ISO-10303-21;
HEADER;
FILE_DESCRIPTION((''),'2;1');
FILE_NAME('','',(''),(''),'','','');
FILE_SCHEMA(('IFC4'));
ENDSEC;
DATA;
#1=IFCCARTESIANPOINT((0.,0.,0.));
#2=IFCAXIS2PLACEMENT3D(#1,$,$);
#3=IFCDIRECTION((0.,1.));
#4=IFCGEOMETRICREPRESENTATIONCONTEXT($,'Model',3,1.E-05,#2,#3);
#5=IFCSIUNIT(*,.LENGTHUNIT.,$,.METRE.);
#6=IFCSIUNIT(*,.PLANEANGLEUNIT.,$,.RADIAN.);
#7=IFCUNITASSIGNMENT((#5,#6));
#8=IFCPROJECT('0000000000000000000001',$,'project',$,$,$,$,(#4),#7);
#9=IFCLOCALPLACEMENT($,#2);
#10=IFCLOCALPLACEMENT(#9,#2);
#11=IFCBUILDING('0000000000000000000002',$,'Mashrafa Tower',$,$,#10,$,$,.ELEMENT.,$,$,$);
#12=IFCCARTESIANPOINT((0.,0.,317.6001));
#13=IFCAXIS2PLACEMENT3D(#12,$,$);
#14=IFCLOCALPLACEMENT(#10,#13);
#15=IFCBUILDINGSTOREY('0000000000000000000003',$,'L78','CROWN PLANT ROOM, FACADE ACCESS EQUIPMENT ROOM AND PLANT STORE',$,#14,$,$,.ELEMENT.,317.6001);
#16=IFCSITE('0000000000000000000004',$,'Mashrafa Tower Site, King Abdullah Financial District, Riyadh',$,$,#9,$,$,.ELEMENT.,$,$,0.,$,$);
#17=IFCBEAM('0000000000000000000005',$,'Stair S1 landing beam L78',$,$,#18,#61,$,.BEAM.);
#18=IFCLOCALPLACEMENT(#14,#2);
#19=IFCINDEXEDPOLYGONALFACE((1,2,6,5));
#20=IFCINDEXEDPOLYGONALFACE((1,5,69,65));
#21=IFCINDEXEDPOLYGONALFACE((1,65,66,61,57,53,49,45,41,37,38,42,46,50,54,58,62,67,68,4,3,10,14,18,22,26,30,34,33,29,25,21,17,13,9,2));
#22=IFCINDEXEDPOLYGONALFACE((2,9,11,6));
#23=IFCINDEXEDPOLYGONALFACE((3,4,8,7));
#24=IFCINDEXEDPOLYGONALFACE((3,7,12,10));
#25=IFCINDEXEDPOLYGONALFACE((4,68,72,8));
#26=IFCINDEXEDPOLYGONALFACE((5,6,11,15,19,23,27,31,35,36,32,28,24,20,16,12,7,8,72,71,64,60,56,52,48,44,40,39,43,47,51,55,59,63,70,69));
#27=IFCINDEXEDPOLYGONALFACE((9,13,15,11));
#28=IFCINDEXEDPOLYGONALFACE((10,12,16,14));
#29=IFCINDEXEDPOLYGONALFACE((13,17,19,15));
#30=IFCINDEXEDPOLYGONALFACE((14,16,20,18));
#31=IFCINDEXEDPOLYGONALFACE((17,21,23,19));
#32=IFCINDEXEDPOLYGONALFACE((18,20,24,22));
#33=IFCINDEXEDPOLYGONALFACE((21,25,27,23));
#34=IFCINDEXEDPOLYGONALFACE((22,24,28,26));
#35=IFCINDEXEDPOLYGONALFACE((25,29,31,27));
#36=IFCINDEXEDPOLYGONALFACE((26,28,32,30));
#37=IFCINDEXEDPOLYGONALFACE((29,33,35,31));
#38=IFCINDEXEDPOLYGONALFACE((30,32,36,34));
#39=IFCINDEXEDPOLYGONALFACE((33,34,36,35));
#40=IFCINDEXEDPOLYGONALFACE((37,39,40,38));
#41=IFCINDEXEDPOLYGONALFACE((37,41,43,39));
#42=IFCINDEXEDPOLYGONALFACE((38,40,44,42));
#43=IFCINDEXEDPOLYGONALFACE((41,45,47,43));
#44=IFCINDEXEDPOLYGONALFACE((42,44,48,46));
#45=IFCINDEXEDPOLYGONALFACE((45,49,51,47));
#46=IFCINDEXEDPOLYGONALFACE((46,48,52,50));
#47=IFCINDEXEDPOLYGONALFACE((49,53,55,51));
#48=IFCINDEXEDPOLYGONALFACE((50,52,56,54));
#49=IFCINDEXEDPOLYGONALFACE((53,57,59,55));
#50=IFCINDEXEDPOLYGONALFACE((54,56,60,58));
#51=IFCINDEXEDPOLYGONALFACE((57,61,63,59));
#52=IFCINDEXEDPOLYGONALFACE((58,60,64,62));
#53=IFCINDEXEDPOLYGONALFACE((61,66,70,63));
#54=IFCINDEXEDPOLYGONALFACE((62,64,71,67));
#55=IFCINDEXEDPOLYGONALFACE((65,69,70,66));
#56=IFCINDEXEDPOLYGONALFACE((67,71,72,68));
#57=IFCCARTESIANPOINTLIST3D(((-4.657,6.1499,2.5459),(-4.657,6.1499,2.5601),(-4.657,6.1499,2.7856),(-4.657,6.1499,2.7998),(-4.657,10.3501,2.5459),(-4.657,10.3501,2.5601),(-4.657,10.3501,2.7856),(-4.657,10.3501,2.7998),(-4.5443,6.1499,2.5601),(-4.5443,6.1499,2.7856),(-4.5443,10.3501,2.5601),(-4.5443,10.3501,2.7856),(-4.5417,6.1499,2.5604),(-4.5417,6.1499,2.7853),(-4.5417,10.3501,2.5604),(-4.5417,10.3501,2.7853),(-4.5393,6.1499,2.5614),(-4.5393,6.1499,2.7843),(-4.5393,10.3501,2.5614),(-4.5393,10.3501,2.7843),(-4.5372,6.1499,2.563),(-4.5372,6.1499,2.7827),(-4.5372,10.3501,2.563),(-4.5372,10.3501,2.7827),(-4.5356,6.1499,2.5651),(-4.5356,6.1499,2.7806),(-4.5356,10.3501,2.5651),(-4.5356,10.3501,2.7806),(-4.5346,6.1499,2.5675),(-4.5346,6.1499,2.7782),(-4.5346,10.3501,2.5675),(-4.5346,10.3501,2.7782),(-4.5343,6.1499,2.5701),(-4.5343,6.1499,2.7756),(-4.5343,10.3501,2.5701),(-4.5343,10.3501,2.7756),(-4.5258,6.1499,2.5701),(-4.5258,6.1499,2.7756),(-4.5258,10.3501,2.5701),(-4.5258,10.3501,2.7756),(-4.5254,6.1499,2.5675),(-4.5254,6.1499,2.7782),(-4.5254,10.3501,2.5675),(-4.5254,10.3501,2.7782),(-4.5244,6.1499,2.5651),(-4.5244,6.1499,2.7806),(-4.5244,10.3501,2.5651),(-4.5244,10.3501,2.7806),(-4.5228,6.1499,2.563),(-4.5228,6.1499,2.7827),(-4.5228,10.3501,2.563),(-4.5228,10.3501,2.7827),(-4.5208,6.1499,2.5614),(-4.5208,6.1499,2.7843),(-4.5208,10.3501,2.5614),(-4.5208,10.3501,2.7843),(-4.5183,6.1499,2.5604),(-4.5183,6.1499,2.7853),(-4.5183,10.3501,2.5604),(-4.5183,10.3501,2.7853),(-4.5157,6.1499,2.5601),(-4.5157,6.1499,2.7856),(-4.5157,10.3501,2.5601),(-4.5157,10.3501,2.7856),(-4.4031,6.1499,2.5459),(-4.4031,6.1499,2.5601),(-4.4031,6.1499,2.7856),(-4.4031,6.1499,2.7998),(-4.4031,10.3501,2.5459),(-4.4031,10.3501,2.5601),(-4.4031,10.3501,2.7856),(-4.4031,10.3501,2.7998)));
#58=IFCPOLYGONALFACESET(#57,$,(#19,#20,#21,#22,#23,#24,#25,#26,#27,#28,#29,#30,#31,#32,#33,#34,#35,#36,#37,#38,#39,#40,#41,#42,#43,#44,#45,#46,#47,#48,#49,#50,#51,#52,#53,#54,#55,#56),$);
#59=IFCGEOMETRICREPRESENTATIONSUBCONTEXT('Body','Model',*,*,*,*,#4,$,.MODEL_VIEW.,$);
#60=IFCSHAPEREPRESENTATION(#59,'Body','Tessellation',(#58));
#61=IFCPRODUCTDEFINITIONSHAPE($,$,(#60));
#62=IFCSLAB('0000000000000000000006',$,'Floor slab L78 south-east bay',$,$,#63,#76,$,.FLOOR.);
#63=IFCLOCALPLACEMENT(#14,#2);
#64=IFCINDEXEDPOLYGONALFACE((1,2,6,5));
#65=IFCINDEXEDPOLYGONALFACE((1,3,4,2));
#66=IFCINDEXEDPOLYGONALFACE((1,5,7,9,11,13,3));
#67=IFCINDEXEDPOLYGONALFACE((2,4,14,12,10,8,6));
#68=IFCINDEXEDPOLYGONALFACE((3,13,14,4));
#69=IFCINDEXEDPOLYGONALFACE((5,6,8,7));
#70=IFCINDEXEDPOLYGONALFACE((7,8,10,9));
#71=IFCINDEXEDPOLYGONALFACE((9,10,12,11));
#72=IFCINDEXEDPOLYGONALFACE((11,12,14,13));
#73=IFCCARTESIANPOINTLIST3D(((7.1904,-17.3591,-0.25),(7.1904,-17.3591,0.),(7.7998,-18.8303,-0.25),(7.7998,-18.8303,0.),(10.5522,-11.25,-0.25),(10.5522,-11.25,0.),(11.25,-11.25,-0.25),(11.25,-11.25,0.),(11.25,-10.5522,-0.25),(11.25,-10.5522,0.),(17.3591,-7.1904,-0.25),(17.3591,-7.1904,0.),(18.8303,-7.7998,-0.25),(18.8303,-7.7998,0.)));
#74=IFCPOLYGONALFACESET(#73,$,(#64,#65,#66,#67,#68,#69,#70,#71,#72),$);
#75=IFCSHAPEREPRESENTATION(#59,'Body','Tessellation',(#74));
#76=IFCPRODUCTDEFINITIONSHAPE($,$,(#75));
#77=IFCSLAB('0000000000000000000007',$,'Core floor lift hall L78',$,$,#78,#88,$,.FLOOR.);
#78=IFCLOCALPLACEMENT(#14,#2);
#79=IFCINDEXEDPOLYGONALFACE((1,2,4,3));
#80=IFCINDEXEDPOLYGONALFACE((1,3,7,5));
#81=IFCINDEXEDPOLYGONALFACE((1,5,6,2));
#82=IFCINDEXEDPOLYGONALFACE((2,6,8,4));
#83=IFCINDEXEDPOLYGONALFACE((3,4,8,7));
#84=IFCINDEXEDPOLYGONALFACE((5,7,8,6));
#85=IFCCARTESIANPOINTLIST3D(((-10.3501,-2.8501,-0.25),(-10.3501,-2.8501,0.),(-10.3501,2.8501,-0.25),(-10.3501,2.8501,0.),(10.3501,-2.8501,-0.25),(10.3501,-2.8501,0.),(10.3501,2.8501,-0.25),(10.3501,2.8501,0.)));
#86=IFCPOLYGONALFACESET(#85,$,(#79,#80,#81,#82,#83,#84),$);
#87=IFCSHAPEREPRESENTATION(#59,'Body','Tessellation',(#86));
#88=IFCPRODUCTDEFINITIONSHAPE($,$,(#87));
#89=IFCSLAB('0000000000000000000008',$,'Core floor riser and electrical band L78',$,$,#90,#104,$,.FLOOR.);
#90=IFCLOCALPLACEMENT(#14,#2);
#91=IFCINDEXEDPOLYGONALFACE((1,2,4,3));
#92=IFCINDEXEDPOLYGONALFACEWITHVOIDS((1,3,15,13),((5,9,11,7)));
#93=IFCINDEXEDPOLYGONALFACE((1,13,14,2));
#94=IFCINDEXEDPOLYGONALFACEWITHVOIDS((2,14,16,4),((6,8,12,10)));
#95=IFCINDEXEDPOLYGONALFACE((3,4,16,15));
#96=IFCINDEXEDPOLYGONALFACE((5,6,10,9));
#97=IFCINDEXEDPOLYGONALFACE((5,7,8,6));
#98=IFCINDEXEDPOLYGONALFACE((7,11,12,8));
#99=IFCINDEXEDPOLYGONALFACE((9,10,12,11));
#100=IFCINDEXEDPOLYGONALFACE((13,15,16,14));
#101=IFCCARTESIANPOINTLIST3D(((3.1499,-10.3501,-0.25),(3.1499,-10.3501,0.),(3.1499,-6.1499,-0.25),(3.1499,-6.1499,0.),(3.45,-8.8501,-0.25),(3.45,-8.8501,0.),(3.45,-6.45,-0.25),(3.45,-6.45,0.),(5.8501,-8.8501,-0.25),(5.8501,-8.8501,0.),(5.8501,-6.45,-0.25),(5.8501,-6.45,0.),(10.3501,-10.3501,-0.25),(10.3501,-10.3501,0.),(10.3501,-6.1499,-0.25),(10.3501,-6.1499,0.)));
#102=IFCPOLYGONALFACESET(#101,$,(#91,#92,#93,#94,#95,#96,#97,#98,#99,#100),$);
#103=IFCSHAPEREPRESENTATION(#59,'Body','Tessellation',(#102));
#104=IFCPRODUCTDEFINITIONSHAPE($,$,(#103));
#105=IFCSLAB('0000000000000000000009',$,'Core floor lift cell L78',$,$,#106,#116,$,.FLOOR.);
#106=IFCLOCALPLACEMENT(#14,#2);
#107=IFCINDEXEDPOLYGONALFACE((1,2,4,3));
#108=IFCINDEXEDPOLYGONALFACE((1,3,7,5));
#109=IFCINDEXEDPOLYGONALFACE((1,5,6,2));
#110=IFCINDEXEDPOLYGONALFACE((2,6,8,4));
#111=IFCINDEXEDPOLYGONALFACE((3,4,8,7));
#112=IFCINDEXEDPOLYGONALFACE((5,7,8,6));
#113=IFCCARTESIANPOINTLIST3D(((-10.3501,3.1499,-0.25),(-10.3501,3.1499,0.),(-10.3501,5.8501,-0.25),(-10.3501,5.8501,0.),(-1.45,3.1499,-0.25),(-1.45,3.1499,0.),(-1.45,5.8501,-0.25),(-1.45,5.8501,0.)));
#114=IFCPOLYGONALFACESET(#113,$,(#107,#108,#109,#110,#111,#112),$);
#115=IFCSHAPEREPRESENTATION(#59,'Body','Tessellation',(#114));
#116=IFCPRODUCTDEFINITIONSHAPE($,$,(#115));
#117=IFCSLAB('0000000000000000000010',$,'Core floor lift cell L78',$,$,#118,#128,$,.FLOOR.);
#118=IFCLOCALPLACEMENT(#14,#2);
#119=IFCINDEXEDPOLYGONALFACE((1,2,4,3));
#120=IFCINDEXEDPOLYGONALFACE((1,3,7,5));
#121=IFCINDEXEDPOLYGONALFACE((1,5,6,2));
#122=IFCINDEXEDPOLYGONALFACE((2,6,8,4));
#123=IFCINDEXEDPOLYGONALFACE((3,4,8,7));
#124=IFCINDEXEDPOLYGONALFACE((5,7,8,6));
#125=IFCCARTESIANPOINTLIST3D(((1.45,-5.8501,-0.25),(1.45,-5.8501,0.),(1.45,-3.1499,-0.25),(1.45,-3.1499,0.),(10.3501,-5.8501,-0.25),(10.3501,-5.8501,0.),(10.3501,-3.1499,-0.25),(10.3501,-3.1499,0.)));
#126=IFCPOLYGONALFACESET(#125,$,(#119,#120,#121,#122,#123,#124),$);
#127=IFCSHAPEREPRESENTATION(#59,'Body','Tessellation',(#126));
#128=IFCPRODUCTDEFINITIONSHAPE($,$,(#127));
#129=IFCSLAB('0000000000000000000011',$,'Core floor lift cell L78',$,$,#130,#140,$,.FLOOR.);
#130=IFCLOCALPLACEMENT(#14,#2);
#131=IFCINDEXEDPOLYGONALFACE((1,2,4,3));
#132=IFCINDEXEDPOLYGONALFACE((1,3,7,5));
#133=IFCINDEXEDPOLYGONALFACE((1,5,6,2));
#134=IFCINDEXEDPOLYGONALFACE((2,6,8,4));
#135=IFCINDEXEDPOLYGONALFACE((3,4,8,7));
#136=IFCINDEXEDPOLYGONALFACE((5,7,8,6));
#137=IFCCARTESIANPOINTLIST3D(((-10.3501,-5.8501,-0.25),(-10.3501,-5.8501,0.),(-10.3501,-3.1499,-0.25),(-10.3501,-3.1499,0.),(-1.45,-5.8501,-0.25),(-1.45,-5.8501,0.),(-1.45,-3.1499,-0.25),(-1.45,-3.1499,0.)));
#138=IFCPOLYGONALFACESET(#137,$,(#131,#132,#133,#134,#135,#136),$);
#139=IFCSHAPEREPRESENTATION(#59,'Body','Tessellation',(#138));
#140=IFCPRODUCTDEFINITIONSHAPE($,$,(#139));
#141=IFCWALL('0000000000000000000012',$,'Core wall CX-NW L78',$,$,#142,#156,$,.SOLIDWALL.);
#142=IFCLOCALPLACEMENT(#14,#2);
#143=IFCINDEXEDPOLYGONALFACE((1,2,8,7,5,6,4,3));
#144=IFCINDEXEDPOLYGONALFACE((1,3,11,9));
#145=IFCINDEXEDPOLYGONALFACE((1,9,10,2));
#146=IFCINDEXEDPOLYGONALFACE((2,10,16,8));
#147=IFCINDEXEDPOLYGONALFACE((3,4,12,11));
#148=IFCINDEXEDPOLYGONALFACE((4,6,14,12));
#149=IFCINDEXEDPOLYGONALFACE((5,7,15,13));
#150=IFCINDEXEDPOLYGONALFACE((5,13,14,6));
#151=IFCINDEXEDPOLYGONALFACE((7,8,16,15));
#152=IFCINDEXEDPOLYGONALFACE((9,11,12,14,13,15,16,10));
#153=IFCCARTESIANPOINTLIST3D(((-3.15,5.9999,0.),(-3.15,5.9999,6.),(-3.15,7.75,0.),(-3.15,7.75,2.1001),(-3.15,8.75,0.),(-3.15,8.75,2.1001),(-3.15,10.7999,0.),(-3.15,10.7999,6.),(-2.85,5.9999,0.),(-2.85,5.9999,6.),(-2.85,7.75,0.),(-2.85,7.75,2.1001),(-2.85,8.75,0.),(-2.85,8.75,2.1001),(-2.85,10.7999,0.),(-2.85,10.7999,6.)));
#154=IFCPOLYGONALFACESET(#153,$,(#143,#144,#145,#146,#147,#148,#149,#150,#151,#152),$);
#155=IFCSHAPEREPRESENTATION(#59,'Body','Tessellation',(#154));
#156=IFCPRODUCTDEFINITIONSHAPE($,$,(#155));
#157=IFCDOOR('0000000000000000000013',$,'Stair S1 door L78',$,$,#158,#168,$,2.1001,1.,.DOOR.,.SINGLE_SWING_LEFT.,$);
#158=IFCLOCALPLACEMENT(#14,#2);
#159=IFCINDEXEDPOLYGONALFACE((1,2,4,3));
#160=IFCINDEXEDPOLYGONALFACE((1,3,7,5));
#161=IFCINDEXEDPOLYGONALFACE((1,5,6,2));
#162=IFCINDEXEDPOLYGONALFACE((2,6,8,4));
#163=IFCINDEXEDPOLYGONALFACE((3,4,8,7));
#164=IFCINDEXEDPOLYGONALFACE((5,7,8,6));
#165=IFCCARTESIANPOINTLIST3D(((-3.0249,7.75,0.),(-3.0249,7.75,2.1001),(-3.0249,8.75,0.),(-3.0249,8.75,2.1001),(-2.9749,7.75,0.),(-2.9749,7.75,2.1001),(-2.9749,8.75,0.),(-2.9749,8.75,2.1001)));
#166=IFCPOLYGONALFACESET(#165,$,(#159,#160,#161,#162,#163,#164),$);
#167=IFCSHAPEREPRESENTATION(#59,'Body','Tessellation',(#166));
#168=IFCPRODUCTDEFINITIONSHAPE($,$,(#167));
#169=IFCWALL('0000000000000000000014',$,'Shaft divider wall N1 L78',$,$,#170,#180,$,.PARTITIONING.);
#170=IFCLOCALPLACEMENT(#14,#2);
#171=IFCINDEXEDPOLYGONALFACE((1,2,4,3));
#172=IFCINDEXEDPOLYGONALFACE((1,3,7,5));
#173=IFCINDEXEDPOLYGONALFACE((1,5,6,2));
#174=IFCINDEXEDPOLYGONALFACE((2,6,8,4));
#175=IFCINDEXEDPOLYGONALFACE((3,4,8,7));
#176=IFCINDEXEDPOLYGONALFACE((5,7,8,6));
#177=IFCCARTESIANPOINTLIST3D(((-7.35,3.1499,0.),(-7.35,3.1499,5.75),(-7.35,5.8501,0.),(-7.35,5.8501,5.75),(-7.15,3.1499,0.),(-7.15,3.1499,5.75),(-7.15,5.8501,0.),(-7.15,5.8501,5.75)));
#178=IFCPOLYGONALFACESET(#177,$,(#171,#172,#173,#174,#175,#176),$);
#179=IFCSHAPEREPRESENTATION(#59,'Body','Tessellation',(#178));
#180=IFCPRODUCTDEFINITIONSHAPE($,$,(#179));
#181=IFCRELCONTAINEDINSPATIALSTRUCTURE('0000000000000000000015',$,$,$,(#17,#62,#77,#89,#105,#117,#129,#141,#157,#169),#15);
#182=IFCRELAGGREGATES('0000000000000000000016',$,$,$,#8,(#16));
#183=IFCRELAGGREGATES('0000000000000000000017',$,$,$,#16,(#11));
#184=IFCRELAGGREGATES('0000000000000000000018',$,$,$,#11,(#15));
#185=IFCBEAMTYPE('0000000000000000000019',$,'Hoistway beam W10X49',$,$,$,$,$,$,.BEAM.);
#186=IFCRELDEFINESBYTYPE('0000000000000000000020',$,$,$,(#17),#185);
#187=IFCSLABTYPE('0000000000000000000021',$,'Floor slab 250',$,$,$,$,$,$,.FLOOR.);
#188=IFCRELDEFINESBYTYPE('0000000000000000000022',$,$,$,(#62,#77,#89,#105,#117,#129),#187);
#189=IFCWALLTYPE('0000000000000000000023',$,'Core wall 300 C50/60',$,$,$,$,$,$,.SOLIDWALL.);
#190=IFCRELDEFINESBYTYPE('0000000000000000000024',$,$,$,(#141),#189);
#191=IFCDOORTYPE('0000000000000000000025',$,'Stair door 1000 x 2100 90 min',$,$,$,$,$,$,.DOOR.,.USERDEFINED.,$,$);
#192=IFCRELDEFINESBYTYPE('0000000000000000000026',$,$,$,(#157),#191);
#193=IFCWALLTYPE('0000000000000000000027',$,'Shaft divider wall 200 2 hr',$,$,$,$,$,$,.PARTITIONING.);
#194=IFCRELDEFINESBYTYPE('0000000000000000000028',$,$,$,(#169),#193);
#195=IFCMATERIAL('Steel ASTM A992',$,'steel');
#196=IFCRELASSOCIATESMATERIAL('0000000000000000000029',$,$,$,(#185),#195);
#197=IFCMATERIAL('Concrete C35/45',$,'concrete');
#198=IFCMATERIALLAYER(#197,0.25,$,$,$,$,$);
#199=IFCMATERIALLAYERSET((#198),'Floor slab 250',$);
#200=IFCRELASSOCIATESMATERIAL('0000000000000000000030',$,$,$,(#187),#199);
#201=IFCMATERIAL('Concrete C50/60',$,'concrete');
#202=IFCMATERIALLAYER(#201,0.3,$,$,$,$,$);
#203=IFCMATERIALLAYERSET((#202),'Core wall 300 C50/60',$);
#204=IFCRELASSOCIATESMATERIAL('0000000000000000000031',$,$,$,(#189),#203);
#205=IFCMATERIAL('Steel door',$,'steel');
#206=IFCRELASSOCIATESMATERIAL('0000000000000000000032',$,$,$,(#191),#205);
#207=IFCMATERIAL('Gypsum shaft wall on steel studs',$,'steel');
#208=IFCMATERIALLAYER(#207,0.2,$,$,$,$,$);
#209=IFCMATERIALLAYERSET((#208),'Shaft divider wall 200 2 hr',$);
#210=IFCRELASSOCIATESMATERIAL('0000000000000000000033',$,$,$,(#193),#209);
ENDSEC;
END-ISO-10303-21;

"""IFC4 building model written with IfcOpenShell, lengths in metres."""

from ifc_helpers import new_model, si_unit, direction, frame, frame_2d, origin, origin_2d, place, context, subcontext, project, spatial, polyline, rectangle, i_section, outline, extrude, material, layer, layer_set, material_profile, profile_set, type_object, element, fill, save


model = new_model("IFC4")

# Units and contexts
model_context = context("Model", 3, precision=1e-05, world=origin(), true_north=direction((0.0, 1.0)))
body_context = subcontext(model_context, "Body", "Model", "MODEL_VIEW")
ifc_project = project(units=[si_unit("LENGTHUNIT", "METRE"), si_unit("PLANEANGLEUNIT", "RADIAN")], contexts=[model_context])

# Site, building, storey
site_placement = place(None, origin())
site = spatial("IfcSite", under=ifc_project, at=site_placement, Name="Mashrafa Tower Site, King Abdullah Financial District, Riyadh", CompositionType="ELEMENT", RefElevation=0.0)
building_placement = place(site_placement, origin())
building = spatial("IfcBuilding", under=site, at=building_placement, Name="Mashrafa Tower", CompositionType="ELEMENT")
storey_placement = place(building_placement, frame((0.0, 0.0, 317.6001)))
storey = spatial("IfcBuildingStorey", under=building, at=storey_placement, Name="L78", Description="CROWN PLANT ROOM, FACADE ACCESS EQUIPMENT ROOM AND PLANT STORE", CompositionType="ELEMENT", Elevation=317.6001)

# Beam
ifc_material_1 = material(Name="Steel ASTM A992", Category="steel")
ifc_material_profile_1 = material_profile(ifc_material_1, i_section(OverallWidth=0.2539, OverallDepth=0.2539, WebThickness=0.0085, FlangeThickness=0.0142, FilletRadius=0.01, at=origin_2d()), Name="W10X49")
ifc_profile_set_1 = profile_set([ifc_material_profile_1], Name="Steel ASTM A992")
beam_type_1 = type_object("IfcBeamType", Name="Hoistway beam W10X49", PredefinedType="BEAM", material=ifc_profile_set_1)
for number, where, z_axis, x_axis, name in (
    (1, (-4.53, 6.1499, 2.6729), (0.0, 1.0, 0.0), (-1.0, 0.0, 0.0), "Stair S1 landing beam L78"),
):
    element("IfcBeam", number, at=place(storey_placement, frame(where, z_axis=z_axis, x_axis=x_axis)), inside=storey, type_object=beam_type_1, Name=name, PredefinedType="BEAM", context=body_context, shape_type="SweptSolid", body=[
        extrude(i_section(OverallWidth=0.2539, OverallDepth=0.2539, WebThickness=0.0085, FlangeThickness=0.0142, FilletRadius=0.01, at=origin_2d()), origin(), (0.0, 0.0, 1.0), 4.2002),
    ])

# Slabs
ifc_material_2 = material(Name="Concrete C35/45", Category="concrete")
ifc_layer_1 = layer(ifc_material_2, 0.25)
ifc_layer_set_1 = layer_set([ifc_layer_1], Name="Floor slab 250")
slab_type = type_object("IfcSlabType", Name="Floor slab 250", PredefinedType="FLOOR", material=ifc_layer_set_1)
slab_1_placement = place(storey_placement, frame((0.0, 0.0, -0.25)))
element("IfcSlab", 2, at=slab_1_placement, inside=storey, type_object=slab_type, Name="Floor slab L78 south-east bay", PredefinedType="FLOOR", context=body_context, shape_type="SweptSolid", body=[
    extrude(outline(polyline([(7.7998, -18.8303), (7.1904, -17.3591), (10.5522, -11.25), (11.25, -11.25), (11.25, -10.5522), (17.3591, -7.1904), (18.8303, -7.7998), (7.7998, -18.8303)])), origin(), (0.0, 0.0, 1.0), 0.25),
])
slab_2_placement = place(storey_placement, frame((0.0, 0.0, -0.25)))
element("IfcSlab", 3, at=slab_2_placement, inside=storey, type_object=slab_type, Name="Core floor lift hall L78", PredefinedType="FLOOR", context=body_context, shape_type="SweptSolid", body=[
    extrude(outline(polyline([(-10.3501, 2.8501), (10.3501, 2.8501), (10.3501, -2.8501), (-10.3501, -2.8501), (-10.3501, 2.8501)])), origin(), (0.0, 0.0, 1.0), 0.25),
])
slab_3_placement = place(storey_placement, frame((0.0, 0.0, -0.25)))
element("IfcSlab", 4, at=slab_3_placement, inside=storey, type_object=slab_type, Name="Core floor riser and electrical band L78", PredefinedType="FLOOR", context=body_context, shape_type="SweptSolid", body=[
    extrude(outline(polyline([(10.3501, -6.1499), (10.3501, -10.3501), (3.1499, -10.3501), (3.1499, -6.1499), (10.3501, -6.1499)]), holes=[polyline([(3.45, -8.8501), (5.8501, -8.8501), (5.8501, -6.45), (3.45, -6.45), (3.45, -8.8501)])]), origin(), (0.0, 0.0, 1.0), 0.25),
])
slab_4_placement = place(storey_placement, frame((0.0, 0.0, -0.25)))
element("IfcSlab", 5, at=slab_4_placement, inside=storey, type_object=slab_type, Name="Core floor lift cell L78", PredefinedType="FLOOR", context=body_context, shape_type="SweptSolid", body=[
    extrude(outline(polyline([(-10.3501, 5.8501), (-1.45, 5.8501), (-1.45, 3.1499), (-10.3501, 3.1499), (-10.3501, 5.8501)])), origin(), (0.0, 0.0, 1.0), 0.25),
])
slab_5_placement = place(storey_placement, frame((0.0, 0.0, -0.25)))
element("IfcSlab", 6, at=slab_5_placement, inside=storey, type_object=slab_type, Name="Core floor lift cell L78", PredefinedType="FLOOR", context=body_context, shape_type="SweptSolid", body=[
    extrude(outline(polyline([(10.3501, -3.1499), (10.3501, -5.8501), (1.45, -5.8501), (1.45, -3.1499), (10.3501, -3.1499)])), origin(), (0.0, 0.0, 1.0), 0.25),
])
slab_6_placement = place(storey_placement, frame((0.0, 0.0, -0.25)))
element("IfcSlab", 7, at=slab_6_placement, inside=storey, type_object=slab_type, Name="Core floor lift cell L78", PredefinedType="FLOOR", context=body_context, shape_type="SweptSolid", body=[
    extrude(outline(polyline([(-1.45, -5.8501), (-10.3501, -5.8501), (-10.3501, -3.1499), (-1.45, -3.1499), (-1.45, -5.8501)])), origin(), (0.0, 0.0, 1.0), 0.25),
])

# Wall, opening, door
ifc_material_3 = material(Name="Concrete C50/60", Category="concrete")
ifc_layer_2 = layer(ifc_material_3, 0.3)
ifc_layer_set_2 = layer_set([ifc_layer_2], Name="Core wall 300 C50/60")
wall_type_1 = type_object("IfcWallType", Name="Core wall 300 C50/60", PredefinedType="SOLIDWALL", material=ifc_layer_set_2)
wall_placement = place(storey_placement, frame((-3.0, 6.0, 0.0), z_axis=(0.0, 0.0, 1.0), x_axis=(0.0, 1.0, 0.0)))
wall = element("IfcWall", 8, at=wall_placement, inside=storey, type_object=wall_type_1, Name="Core wall CX-NW L78", PredefinedType="SOLIDWALL", context=body_context, shape_type="SweptSolid", body=[
    extrude(rectangle(XDim=4.8, YDim=0.3, at=frame_2d((2.3999, 0.0))), origin(), (0.0, 0.0, 1.0), 6.0),
])
opening_placement = place(wall_placement, frame((1.75, 0.0, 0.0)))
opening = element("IfcOpeningElement", 9, at=opening_placement, cuts=wall, PredefinedType="OPENING", context=body_context, shape_type="SweptSolid", body=[
    extrude(rectangle(XDim=1.0, YDim=2.1001, at=frame_2d((0.5, 1.05))), frame((0.0, 0.1599, 0.0), z_axis=(0.0, -1.0, 0.0), x_axis=(1.0, 0.0, 0.0)), (0.0, 0.0, 1.0), 0.3201),
])
ifc_material_4 = material(Name="Steel door", Category="steel")
door_type = type_object("IfcDoorType", Name="Stair door 1000 x 2100 90 min", OperationType="USERDEFINED", PredefinedType="DOOR", material=ifc_material_4)
door_placement = place(opening_placement, origin())
door = element("IfcDoor", 10, at=door_placement, inside=storey, type_object=door_type, Name="Stair S1 door L78", OperationType="SINGLE_SWING_LEFT", OverallHeight=2.1001, OverallWidth=1.0, PredefinedType="DOOR", context=body_context, shape_type="SweptSolid", body=[
    extrude(rectangle(XDim=1.0, YDim=2.1001, at=frame_2d((0.5, 1.05))), frame((0.0, 0.0249, 0.0), z_axis=(0.0, -1.0, 0.0), x_axis=(1.0, 0.0, 0.0)), (0.0, 0.0, 1.0), 0.05),
])
fill(opening, door)

# Wall
ifc_material_5 = material(Name="Gypsum shaft wall on steel studs", Category="steel")
ifc_layer_3 = layer(ifc_material_5, 0.2)
ifc_layer_set_3 = layer_set([ifc_layer_3], Name="Shaft divider wall 200 2 hr")
wall_type_2 = type_object("IfcWallType", Name="Shaft divider wall 200 2 hr", PredefinedType="PARTITIONING", material=ifc_layer_set_3)
for number, where, z_axis, x_axis, name in (
    (11, (-7.25, 3.1499, 0.0), (0.0, 0.0, 1.0), (0.0, 1.0, 0.0), "Shaft divider wall N1 L78"),
):
    element("IfcWall", number, at=place(storey_placement, frame(where, z_axis=z_axis, x_axis=x_axis)), inside=storey, type_object=wall_type_2, Name=name, PredefinedType="PARTITIONING", context=body_context, shape_type="SweptSolid", body=[
        extrude(rectangle(XDim=2.7002, YDim=0.2, at=frame_2d((1.3501, 0.0))), origin(), (0.0, 0.0, 1.0), 5.75),
    ])

save(model, "model.ifc")
